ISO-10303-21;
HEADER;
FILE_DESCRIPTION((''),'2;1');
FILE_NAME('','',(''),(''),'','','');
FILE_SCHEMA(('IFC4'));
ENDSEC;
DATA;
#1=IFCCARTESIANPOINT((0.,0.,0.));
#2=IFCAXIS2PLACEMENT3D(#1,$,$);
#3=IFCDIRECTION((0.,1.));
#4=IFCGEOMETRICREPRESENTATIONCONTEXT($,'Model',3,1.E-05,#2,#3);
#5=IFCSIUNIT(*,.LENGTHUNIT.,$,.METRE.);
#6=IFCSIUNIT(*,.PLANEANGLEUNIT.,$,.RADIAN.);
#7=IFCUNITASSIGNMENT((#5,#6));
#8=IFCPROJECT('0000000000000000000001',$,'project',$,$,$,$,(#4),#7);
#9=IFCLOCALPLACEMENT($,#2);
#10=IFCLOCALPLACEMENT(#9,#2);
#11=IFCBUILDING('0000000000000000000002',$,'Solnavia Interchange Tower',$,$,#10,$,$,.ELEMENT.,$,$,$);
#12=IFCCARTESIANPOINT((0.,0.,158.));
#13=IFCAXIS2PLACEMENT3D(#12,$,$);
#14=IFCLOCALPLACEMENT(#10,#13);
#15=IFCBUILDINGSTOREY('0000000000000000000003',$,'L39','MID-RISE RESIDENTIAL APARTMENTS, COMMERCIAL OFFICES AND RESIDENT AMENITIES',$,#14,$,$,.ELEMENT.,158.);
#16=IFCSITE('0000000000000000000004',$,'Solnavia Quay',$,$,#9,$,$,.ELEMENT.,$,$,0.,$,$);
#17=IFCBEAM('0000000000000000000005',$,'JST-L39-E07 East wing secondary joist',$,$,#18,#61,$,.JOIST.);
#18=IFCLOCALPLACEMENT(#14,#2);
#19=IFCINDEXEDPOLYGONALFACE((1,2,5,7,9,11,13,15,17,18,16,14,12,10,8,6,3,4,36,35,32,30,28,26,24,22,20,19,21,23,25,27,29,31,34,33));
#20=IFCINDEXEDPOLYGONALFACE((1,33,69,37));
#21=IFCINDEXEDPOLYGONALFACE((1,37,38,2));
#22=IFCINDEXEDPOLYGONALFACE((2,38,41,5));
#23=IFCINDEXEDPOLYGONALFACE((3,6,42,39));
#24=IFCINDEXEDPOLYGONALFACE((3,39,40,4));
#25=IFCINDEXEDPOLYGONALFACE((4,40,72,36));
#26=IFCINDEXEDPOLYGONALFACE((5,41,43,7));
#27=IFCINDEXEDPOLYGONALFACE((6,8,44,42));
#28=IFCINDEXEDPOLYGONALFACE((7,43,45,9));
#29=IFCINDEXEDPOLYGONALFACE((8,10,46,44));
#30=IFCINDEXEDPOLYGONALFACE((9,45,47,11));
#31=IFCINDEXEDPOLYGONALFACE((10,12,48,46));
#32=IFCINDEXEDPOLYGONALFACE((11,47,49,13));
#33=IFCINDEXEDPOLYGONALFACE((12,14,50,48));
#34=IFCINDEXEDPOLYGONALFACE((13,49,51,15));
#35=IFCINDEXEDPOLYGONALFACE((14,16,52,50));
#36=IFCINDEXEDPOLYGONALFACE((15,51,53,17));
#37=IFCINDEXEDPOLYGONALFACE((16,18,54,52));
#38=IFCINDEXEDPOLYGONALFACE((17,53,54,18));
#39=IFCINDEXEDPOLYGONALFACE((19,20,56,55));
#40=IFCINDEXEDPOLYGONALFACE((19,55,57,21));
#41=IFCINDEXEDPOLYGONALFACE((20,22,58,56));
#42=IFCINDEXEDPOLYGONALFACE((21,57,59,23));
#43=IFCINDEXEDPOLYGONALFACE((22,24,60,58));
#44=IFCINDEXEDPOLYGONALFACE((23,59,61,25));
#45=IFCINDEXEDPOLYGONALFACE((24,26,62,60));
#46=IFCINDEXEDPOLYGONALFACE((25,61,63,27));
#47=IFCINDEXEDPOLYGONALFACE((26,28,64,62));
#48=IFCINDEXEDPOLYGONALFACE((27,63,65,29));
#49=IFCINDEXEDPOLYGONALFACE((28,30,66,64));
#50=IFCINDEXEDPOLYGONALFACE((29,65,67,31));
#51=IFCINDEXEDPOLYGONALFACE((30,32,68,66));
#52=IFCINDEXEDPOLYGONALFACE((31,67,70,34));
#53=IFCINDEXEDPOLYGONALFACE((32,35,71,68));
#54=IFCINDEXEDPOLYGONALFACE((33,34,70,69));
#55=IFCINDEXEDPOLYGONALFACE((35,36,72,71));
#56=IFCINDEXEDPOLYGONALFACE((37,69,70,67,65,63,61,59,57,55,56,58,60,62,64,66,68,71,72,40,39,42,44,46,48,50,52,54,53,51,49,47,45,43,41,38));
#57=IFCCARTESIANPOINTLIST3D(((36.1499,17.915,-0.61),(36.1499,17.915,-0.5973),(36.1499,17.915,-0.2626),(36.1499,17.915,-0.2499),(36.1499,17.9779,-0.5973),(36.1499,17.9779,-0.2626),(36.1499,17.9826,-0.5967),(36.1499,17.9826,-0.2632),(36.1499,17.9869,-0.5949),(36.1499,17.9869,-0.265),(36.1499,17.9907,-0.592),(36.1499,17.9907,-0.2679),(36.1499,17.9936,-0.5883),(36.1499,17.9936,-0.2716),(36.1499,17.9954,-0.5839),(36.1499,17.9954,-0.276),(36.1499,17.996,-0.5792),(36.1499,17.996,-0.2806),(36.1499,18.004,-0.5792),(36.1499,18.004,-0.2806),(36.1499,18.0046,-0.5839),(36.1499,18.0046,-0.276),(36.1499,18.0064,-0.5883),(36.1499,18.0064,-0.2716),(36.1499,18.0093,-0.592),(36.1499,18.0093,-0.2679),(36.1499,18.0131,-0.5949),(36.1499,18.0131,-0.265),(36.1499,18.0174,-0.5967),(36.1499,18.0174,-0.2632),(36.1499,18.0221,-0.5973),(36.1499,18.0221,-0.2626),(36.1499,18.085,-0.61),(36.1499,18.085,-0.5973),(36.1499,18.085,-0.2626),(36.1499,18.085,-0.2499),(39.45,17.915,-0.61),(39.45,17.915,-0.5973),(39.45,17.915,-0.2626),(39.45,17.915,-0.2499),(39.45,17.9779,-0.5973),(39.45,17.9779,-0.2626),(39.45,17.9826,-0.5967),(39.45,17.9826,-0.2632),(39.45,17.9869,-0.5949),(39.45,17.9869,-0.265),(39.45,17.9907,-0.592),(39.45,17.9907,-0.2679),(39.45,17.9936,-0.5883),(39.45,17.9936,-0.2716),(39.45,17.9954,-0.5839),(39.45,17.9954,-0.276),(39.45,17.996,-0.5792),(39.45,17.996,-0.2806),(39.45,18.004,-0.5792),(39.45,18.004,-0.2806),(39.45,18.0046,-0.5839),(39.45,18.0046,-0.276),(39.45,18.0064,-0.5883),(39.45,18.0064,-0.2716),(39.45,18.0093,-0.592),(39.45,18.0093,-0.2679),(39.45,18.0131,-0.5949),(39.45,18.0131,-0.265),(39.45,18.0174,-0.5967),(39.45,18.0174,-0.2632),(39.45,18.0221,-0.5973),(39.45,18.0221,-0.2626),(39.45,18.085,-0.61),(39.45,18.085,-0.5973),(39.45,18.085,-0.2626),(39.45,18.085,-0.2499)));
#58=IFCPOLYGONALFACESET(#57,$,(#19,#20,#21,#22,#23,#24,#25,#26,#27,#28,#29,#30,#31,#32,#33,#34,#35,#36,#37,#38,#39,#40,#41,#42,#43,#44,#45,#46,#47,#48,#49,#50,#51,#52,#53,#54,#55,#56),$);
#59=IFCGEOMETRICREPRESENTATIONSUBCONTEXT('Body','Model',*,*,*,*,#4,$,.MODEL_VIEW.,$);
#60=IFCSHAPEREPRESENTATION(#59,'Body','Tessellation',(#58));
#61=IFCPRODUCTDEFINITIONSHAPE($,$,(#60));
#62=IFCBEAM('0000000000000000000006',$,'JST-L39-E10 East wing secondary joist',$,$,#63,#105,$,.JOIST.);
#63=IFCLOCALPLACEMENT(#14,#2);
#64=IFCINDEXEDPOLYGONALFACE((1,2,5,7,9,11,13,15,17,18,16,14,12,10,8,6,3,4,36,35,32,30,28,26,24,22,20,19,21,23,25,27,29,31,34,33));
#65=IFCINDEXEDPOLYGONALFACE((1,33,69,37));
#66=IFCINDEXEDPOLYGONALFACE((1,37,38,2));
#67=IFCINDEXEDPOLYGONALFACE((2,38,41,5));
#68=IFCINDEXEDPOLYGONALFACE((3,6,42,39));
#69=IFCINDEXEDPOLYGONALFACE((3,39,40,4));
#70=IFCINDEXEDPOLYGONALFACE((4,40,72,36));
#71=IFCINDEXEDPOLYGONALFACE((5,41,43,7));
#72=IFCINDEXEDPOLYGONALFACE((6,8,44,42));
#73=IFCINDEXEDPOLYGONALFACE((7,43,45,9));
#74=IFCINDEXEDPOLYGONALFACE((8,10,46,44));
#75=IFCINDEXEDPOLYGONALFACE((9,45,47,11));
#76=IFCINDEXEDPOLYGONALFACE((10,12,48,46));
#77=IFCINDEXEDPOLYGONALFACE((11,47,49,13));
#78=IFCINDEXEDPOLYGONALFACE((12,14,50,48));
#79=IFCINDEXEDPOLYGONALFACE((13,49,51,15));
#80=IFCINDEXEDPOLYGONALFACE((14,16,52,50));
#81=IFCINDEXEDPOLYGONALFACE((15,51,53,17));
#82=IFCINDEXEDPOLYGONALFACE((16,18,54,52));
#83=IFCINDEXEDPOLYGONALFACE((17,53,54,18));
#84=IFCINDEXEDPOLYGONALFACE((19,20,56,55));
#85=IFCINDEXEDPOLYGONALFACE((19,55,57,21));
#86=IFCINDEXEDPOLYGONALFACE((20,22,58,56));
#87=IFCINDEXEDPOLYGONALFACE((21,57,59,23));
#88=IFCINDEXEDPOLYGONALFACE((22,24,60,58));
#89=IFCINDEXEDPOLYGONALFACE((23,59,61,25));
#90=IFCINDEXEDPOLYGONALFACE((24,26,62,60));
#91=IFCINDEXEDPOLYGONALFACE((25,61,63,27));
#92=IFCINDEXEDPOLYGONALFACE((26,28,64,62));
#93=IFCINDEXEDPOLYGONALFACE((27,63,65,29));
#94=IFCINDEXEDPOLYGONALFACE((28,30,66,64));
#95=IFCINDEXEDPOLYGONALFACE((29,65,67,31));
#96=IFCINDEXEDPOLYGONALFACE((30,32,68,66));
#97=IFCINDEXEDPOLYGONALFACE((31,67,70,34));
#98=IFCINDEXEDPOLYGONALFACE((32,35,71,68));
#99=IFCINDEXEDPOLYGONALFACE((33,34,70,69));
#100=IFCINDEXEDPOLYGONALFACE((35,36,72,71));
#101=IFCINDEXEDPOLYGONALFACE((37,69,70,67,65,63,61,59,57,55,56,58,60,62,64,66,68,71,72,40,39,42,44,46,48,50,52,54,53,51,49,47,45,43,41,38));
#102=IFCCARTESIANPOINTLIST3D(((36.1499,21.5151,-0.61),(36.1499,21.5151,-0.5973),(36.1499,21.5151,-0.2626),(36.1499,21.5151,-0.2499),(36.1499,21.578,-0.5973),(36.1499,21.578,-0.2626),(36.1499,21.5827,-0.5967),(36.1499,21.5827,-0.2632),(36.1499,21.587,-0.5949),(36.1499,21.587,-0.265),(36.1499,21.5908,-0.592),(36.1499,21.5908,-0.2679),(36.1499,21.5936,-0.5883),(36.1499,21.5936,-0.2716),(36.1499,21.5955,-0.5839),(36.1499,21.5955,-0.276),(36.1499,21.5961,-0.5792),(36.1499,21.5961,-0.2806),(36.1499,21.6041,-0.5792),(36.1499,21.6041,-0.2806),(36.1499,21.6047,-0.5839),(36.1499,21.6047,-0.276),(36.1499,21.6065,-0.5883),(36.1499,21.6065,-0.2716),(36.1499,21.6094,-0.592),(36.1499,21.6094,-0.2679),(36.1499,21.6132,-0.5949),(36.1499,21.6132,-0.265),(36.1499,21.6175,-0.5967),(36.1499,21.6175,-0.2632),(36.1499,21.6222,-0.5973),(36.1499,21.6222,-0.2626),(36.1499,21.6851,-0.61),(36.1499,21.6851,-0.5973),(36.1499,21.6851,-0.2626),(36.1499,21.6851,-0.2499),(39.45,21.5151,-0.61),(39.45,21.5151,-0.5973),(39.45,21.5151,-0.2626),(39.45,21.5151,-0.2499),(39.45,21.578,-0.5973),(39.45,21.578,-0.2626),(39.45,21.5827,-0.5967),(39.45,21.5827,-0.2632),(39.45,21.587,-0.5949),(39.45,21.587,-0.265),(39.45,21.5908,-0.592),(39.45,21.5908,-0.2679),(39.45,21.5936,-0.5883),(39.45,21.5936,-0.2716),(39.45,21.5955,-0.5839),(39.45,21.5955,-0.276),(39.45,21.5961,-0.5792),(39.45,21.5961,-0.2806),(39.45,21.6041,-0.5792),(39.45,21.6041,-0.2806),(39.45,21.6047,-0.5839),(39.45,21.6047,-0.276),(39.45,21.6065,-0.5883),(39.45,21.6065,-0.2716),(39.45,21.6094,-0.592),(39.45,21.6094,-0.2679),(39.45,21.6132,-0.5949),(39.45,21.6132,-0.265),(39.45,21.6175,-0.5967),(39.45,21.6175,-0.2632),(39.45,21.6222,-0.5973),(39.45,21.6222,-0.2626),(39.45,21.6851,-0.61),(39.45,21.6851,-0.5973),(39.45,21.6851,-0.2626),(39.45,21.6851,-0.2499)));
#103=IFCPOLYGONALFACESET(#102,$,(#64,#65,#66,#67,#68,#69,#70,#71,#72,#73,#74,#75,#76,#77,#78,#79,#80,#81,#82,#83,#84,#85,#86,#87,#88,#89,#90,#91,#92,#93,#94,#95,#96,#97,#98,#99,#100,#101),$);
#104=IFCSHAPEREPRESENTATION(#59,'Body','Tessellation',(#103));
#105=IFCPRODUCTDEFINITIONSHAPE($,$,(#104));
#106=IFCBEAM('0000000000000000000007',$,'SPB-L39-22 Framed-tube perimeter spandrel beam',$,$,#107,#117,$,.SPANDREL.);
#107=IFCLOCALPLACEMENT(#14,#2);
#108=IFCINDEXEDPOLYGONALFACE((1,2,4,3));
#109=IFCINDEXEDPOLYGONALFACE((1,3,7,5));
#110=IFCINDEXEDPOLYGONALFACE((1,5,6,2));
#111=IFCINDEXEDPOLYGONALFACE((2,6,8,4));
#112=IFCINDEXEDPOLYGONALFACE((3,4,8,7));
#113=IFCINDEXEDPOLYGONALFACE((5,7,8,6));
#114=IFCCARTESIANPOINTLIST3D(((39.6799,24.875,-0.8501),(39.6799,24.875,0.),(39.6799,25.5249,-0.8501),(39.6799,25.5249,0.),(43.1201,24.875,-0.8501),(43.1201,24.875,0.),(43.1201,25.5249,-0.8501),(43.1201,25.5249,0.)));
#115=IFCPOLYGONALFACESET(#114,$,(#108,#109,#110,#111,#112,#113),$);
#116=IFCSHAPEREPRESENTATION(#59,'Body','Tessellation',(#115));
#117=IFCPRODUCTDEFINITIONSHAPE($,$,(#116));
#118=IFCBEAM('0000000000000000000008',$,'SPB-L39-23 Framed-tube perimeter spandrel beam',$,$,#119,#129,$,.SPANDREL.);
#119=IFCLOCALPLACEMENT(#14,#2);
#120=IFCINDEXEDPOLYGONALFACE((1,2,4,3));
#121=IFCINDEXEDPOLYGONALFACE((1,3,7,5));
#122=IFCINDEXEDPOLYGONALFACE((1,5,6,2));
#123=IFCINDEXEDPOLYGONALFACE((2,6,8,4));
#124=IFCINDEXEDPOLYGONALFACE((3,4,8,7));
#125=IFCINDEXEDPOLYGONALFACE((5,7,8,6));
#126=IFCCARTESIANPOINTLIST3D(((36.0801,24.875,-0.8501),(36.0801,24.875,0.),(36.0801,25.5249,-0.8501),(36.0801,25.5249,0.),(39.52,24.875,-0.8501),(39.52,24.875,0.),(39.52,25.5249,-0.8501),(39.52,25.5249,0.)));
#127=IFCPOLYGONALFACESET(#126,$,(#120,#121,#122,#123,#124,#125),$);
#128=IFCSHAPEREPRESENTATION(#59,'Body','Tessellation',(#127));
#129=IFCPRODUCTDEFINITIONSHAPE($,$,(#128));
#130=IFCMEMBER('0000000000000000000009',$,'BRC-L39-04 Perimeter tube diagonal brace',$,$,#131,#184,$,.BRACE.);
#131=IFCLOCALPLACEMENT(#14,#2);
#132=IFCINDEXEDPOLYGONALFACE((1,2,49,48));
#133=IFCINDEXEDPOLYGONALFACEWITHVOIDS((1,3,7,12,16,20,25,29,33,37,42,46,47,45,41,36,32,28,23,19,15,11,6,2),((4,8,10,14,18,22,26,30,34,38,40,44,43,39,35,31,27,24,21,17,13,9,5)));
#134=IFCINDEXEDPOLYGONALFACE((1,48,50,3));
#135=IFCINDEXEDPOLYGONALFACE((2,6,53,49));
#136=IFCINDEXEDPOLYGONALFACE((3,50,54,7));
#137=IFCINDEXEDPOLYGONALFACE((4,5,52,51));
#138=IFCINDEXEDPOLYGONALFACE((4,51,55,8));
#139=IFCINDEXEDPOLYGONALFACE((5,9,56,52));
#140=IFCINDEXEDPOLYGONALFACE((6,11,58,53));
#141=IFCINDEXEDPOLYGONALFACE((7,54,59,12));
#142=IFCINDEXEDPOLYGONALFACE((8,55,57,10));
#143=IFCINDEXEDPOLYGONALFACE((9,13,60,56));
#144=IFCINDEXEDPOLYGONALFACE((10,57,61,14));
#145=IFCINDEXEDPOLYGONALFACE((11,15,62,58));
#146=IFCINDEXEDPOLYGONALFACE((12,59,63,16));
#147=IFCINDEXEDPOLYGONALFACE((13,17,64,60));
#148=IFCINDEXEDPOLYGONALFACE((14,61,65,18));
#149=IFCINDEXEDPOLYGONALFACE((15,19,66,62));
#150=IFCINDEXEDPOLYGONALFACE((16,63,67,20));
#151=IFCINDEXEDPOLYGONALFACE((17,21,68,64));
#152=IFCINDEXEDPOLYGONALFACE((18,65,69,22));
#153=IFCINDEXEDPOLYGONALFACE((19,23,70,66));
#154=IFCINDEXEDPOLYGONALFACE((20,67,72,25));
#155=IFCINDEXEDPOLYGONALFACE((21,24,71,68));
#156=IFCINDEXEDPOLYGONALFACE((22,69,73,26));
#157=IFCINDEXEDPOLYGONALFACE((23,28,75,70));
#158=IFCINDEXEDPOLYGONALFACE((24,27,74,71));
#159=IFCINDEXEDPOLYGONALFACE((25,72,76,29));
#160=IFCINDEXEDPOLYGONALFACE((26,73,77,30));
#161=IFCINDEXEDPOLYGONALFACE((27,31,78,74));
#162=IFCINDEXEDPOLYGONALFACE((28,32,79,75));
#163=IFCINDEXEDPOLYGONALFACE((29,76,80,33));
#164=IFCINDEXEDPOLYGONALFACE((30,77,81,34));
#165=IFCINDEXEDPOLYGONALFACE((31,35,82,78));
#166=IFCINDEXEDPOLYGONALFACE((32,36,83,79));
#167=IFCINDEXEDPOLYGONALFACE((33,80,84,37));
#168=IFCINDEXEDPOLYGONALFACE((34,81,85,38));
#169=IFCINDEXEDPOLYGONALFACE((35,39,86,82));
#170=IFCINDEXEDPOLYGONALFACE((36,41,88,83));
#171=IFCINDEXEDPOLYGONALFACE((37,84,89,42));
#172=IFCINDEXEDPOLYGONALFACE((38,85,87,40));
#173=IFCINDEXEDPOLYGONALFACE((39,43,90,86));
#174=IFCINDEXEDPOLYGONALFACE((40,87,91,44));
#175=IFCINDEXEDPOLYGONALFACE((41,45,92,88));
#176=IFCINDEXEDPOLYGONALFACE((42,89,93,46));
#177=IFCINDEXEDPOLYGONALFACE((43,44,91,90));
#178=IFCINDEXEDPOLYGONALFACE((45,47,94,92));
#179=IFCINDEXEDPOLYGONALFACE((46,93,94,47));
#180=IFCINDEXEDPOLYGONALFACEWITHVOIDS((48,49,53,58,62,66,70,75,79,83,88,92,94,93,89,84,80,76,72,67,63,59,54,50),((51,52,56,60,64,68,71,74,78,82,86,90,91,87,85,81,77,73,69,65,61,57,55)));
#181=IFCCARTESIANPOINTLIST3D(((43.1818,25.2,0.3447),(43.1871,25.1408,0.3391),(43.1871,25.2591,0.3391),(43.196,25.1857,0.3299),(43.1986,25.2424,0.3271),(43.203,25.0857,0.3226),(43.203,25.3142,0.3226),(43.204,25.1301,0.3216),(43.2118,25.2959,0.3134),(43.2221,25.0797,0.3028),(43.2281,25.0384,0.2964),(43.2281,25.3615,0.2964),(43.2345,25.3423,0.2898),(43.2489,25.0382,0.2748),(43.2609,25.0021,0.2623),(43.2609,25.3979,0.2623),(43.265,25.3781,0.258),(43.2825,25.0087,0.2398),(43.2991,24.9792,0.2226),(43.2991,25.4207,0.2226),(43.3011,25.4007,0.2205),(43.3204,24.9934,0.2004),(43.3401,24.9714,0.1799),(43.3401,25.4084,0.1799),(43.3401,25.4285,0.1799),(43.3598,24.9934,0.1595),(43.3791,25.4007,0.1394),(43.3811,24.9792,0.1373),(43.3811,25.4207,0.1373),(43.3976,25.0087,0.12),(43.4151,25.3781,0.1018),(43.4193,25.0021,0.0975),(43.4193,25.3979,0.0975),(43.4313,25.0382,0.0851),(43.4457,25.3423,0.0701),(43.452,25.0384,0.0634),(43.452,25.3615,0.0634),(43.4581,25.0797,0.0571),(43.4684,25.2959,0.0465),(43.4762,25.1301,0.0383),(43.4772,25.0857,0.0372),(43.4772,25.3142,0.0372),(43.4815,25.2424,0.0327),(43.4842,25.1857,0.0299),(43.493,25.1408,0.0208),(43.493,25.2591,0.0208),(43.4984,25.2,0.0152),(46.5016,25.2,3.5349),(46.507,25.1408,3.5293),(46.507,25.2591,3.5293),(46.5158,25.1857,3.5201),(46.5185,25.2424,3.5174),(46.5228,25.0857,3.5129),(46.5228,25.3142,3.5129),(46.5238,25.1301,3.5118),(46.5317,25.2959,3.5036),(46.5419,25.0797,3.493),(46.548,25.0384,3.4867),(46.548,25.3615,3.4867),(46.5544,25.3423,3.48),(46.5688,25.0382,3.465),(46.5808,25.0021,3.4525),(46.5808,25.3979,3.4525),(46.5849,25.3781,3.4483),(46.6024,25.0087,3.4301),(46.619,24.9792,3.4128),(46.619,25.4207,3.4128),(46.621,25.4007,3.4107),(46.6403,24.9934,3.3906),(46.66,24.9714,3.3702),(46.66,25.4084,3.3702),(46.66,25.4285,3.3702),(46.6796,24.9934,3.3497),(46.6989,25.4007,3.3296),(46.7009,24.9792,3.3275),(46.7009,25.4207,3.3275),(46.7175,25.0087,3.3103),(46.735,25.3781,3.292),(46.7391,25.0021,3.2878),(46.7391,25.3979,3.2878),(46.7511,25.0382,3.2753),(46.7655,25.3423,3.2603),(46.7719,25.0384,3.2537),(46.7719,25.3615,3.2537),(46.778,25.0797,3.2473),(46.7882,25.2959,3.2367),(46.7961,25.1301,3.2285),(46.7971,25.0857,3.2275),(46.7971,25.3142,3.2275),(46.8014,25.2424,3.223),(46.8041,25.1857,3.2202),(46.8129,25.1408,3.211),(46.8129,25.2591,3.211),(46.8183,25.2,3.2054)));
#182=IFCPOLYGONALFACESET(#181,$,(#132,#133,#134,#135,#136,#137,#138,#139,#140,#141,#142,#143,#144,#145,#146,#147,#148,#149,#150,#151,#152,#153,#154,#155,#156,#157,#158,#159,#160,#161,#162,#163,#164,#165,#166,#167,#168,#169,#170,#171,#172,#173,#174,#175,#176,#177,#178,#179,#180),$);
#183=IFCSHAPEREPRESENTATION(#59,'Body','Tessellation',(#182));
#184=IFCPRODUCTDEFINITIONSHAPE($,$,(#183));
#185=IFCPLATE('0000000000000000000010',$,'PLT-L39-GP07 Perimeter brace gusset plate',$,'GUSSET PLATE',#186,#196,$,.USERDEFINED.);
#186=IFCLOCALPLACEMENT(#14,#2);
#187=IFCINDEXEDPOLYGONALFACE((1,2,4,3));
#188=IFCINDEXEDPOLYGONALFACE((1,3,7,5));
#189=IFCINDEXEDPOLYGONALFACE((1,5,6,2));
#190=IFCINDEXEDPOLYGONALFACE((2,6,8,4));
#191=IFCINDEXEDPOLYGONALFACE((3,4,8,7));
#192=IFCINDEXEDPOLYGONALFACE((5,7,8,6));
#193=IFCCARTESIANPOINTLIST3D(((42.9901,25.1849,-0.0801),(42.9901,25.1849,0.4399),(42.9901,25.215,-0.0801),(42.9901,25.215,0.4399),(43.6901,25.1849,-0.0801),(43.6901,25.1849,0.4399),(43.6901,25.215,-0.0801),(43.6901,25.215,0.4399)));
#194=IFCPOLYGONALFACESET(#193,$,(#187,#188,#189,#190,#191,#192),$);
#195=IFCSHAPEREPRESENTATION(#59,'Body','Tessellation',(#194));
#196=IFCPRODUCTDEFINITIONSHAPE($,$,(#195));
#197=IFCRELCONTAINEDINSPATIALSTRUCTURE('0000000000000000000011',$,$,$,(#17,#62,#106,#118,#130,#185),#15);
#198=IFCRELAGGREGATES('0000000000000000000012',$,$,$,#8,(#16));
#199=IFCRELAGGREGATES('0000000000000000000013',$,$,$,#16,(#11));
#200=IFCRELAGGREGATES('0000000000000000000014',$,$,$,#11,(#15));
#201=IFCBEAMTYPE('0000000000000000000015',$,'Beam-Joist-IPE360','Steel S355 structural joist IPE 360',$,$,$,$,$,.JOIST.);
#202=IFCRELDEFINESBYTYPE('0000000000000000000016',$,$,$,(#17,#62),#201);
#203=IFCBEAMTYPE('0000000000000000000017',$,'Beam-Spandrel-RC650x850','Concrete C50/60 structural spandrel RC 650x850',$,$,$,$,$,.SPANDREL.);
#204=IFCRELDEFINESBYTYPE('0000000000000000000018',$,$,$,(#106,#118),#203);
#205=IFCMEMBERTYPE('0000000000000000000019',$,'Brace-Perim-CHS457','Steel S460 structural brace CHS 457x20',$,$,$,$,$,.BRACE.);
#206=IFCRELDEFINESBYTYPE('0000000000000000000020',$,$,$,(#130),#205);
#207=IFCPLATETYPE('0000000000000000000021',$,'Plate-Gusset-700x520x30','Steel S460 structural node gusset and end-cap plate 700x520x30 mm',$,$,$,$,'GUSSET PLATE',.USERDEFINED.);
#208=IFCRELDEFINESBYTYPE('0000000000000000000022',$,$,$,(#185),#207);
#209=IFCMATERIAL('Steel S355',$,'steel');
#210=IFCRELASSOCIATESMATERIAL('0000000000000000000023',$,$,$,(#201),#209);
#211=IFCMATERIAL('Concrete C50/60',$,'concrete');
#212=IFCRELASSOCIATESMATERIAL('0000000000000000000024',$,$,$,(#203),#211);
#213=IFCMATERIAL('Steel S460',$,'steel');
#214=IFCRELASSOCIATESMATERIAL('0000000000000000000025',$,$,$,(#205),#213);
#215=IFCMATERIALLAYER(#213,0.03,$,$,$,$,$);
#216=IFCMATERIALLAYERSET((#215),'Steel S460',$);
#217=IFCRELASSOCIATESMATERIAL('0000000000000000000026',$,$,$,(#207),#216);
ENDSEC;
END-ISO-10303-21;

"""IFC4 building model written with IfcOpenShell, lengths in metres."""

from ifc_helpers import new_model, si_unit, direction, frame, origin, origin_2d, place, context, subcontext, project, spatial, rectangle, hollow_circle, i_section, extrude, material, layer, layer_set, material_profile, profile_set, type_object, element, save


model = new_model("IFC4")

# Units and contexts
model_context = context("Model", 3, precision=1e-05, world=origin(), true_north=direction((0.0, 1.0)))
body_context = subcontext(model_context, "Body", "Model", "MODEL_VIEW")
ifc_project = project(units=[si_unit("LENGTHUNIT", "METRE"), si_unit("PLANEANGLEUNIT", "RADIAN")], contexts=[model_context])

# Site, building, storey
site_placement = place(None, origin())
site = spatial("IfcSite", under=ifc_project, at=site_placement, Name="Solnavia Quay", CompositionType="ELEMENT", RefElevation=0.0)
building_placement = place(site_placement, origin())
building = spatial("IfcBuilding", under=site, at=building_placement, Name="Solnavia Interchange Tower", CompositionType="ELEMENT")
storey_placement = place(building_placement, frame((0.0, 0.0, 158.0)))
storey = spatial("IfcBuildingStorey", under=building, at=storey_placement, Name="L39", Description="MID-RISE RESIDENTIAL APARTMENTS, COMMERCIAL OFFICES AND RESIDENT AMENITIES", CompositionType="ELEMENT", Elevation=158.0)

# Shared definitions
ifc_material_1 = material(Name="Concrete C50/60", Category="concrete")

# Beams
ifc_material_2 = material(Name="Steel S355", Category="steel")
ifc_material_profile_1 = material_profile(ifc_material_2, i_section(OverallWidth=0.1699, OverallDepth=0.3601, WebThickness=0.0081, FlangeThickness=0.0127, FilletRadius=0.0181, at=origin_2d()), Name="IPE 360")
ifc_profile_set_1 = profile_set([ifc_material_profile_1], Name="Steel S355")
beam_type_1 = type_object("IfcBeamType", Name="Beam-Joist-IPE360", Description="Steel S355 structural joist IPE 360", PredefinedType="JOIST", material=ifc_profile_set_1)
for number, where, z_axis, x_axis, name in (
    (1, (36.1499, 18.0, -0.4299), (1.0, 0.0, 0.0), (0.0, 1.0, 0.0), "JST-L39-E07 East wing secondary joist"),
    (2, (36.1499, 21.6001, -0.4299), (1.0, 0.0, 0.0), (0.0, 1.0, 0.0), "JST-L39-E10 East wing secondary joist"),
):
    element("IfcBeam", number, at=place(storey_placement, frame(where, z_axis=z_axis, x_axis=x_axis)), inside=storey, type_object=beam_type_1, Name=name, PredefinedType="JOIST", context=body_context, shape_type="SweptSolid", body=[
        extrude(i_section(OverallWidth=0.1699, OverallDepth=0.3601, WebThickness=0.0081, FlangeThickness=0.0127, FilletRadius=0.0181, at=origin_2d()), origin(), (0.0, 0.0, 1.0), 3.3),
    ])
ifc_material_profile_2 = material_profile(ifc_material_1, rectangle(XDim=0.6499, YDim=0.8501, at=origin_2d()), Name="RC 650x850")
ifc_profile_set_2 = profile_set([ifc_material_profile_2], Name="Concrete C50/60")
beam_type_2 = type_object("IfcBeamType", Name="Beam-Spandrel-RC650x850", Description="Concrete C50/60 structural spandrel RC 650x850", PredefinedType="SPANDREL", material=ifc_profile_set_2)
beam_1_placement = place(storey_placement, frame((43.1201, 25.2, -0.425), z_axis=(-1.0, 0.0, 0.0), x_axis=(0.0, -1.0, 0.0)))
element("IfcBeam", 3, at=beam_1_placement, inside=storey, type_object=beam_type_2, Name="SPB-L39-22 Framed-tube perimeter spandrel beam", PredefinedType="SPANDREL", context=body_context, shape_type="SweptSolid", body=[
    extrude(rectangle(XDim=0.6499, YDim=0.8501, at=origin_2d()), origin(), (0.0, 0.0, 1.0), 3.4402),
])
beam_2_placement = place(storey_placement, frame((39.52, 25.2, -0.425), z_axis=(-1.0, 0.0, 0.0), x_axis=(0.0, -1.0, 0.0)))
element("IfcBeam", 4, at=beam_2_placement, inside=storey, type_object=beam_type_2, Name="SPB-L39-23 Framed-tube perimeter spandrel beam", PredefinedType="SPANDREL", context=body_context, shape_type="SweptSolid", body=[
    extrude(rectangle(XDim=0.6499, YDim=0.8501, at=origin_2d()), origin(), (0.0, 0.0, 1.0), 3.4399),
])

# Member
ifc_material_3 = material(Name="Steel S460", Category="steel")
ifc_material_profile_3 = material_profile(ifc_material_3, hollow_circle(Radius=0.2285, WallThickness=0.02, at=origin_2d()), Name="CHS 457x20")
ifc_profile_set_3 = profile_set([ifc_material_profile_3], Name="Steel S460")
member_type = type_object("IfcMemberType", Name="Brace-Perim-CHS457", Description="Steel S460 structural brace CHS 457x20", PredefinedType="BRACE", material=ifc_profile_set_3)
member_placement = place(storey_placement, frame((43.3401, 25.2, 0.1799), z_axis=(0.721045, 0.0, 0.692888), x_axis=(0.0, 1.0, 0.0)))
element("IfcMember", 5, at=member_placement, inside=storey, type_object=member_type, Name="BRC-L39-04 Perimeter tube diagonal brace", PredefinedType="BRACE", context=body_context, shape_type="SweptSolid", body=[
    extrude(hollow_circle(Radius=0.2285, WallThickness=0.02, at=origin_2d()), origin(), (0.0, 0.0, 1.0), 4.6042),
])

# Plate
ifc_layer_1 = layer(ifc_material_3, 0.03)
ifc_layer_set_1 = layer_set([ifc_layer_1], Name="Steel S460")
plate_type = type_object("IfcPlateType", Name="Plate-Gusset-700x520x30", Description="Steel S460 structural node gusset and end-cap plate 700x520x30 mm", ElementType="GUSSET PLATE", PredefinedType="USERDEFINED", material=ifc_layer_set_1)
plate_placement = place(storey_placement, frame((43.3401, 25.2, -0.0801), z_axis=(0.0, 0.0, 1.0), x_axis=(1.0, 0.0, 0.0)))
element("IfcPlate", 6, at=plate_placement, inside=storey, type_object=plate_type, Name="PLT-L39-GP07 Perimeter brace gusset plate", ObjectType="GUSSET PLATE", PredefinedType="USERDEFINED", context=body_context, shape_type="SweptSolid", body=[
    extrude(rectangle(XDim=0.7, YDim=0.03, at=origin_2d()), origin(), (0.0, 0.0, 1.0), 0.52),
])

save(model, "model.ifc")
